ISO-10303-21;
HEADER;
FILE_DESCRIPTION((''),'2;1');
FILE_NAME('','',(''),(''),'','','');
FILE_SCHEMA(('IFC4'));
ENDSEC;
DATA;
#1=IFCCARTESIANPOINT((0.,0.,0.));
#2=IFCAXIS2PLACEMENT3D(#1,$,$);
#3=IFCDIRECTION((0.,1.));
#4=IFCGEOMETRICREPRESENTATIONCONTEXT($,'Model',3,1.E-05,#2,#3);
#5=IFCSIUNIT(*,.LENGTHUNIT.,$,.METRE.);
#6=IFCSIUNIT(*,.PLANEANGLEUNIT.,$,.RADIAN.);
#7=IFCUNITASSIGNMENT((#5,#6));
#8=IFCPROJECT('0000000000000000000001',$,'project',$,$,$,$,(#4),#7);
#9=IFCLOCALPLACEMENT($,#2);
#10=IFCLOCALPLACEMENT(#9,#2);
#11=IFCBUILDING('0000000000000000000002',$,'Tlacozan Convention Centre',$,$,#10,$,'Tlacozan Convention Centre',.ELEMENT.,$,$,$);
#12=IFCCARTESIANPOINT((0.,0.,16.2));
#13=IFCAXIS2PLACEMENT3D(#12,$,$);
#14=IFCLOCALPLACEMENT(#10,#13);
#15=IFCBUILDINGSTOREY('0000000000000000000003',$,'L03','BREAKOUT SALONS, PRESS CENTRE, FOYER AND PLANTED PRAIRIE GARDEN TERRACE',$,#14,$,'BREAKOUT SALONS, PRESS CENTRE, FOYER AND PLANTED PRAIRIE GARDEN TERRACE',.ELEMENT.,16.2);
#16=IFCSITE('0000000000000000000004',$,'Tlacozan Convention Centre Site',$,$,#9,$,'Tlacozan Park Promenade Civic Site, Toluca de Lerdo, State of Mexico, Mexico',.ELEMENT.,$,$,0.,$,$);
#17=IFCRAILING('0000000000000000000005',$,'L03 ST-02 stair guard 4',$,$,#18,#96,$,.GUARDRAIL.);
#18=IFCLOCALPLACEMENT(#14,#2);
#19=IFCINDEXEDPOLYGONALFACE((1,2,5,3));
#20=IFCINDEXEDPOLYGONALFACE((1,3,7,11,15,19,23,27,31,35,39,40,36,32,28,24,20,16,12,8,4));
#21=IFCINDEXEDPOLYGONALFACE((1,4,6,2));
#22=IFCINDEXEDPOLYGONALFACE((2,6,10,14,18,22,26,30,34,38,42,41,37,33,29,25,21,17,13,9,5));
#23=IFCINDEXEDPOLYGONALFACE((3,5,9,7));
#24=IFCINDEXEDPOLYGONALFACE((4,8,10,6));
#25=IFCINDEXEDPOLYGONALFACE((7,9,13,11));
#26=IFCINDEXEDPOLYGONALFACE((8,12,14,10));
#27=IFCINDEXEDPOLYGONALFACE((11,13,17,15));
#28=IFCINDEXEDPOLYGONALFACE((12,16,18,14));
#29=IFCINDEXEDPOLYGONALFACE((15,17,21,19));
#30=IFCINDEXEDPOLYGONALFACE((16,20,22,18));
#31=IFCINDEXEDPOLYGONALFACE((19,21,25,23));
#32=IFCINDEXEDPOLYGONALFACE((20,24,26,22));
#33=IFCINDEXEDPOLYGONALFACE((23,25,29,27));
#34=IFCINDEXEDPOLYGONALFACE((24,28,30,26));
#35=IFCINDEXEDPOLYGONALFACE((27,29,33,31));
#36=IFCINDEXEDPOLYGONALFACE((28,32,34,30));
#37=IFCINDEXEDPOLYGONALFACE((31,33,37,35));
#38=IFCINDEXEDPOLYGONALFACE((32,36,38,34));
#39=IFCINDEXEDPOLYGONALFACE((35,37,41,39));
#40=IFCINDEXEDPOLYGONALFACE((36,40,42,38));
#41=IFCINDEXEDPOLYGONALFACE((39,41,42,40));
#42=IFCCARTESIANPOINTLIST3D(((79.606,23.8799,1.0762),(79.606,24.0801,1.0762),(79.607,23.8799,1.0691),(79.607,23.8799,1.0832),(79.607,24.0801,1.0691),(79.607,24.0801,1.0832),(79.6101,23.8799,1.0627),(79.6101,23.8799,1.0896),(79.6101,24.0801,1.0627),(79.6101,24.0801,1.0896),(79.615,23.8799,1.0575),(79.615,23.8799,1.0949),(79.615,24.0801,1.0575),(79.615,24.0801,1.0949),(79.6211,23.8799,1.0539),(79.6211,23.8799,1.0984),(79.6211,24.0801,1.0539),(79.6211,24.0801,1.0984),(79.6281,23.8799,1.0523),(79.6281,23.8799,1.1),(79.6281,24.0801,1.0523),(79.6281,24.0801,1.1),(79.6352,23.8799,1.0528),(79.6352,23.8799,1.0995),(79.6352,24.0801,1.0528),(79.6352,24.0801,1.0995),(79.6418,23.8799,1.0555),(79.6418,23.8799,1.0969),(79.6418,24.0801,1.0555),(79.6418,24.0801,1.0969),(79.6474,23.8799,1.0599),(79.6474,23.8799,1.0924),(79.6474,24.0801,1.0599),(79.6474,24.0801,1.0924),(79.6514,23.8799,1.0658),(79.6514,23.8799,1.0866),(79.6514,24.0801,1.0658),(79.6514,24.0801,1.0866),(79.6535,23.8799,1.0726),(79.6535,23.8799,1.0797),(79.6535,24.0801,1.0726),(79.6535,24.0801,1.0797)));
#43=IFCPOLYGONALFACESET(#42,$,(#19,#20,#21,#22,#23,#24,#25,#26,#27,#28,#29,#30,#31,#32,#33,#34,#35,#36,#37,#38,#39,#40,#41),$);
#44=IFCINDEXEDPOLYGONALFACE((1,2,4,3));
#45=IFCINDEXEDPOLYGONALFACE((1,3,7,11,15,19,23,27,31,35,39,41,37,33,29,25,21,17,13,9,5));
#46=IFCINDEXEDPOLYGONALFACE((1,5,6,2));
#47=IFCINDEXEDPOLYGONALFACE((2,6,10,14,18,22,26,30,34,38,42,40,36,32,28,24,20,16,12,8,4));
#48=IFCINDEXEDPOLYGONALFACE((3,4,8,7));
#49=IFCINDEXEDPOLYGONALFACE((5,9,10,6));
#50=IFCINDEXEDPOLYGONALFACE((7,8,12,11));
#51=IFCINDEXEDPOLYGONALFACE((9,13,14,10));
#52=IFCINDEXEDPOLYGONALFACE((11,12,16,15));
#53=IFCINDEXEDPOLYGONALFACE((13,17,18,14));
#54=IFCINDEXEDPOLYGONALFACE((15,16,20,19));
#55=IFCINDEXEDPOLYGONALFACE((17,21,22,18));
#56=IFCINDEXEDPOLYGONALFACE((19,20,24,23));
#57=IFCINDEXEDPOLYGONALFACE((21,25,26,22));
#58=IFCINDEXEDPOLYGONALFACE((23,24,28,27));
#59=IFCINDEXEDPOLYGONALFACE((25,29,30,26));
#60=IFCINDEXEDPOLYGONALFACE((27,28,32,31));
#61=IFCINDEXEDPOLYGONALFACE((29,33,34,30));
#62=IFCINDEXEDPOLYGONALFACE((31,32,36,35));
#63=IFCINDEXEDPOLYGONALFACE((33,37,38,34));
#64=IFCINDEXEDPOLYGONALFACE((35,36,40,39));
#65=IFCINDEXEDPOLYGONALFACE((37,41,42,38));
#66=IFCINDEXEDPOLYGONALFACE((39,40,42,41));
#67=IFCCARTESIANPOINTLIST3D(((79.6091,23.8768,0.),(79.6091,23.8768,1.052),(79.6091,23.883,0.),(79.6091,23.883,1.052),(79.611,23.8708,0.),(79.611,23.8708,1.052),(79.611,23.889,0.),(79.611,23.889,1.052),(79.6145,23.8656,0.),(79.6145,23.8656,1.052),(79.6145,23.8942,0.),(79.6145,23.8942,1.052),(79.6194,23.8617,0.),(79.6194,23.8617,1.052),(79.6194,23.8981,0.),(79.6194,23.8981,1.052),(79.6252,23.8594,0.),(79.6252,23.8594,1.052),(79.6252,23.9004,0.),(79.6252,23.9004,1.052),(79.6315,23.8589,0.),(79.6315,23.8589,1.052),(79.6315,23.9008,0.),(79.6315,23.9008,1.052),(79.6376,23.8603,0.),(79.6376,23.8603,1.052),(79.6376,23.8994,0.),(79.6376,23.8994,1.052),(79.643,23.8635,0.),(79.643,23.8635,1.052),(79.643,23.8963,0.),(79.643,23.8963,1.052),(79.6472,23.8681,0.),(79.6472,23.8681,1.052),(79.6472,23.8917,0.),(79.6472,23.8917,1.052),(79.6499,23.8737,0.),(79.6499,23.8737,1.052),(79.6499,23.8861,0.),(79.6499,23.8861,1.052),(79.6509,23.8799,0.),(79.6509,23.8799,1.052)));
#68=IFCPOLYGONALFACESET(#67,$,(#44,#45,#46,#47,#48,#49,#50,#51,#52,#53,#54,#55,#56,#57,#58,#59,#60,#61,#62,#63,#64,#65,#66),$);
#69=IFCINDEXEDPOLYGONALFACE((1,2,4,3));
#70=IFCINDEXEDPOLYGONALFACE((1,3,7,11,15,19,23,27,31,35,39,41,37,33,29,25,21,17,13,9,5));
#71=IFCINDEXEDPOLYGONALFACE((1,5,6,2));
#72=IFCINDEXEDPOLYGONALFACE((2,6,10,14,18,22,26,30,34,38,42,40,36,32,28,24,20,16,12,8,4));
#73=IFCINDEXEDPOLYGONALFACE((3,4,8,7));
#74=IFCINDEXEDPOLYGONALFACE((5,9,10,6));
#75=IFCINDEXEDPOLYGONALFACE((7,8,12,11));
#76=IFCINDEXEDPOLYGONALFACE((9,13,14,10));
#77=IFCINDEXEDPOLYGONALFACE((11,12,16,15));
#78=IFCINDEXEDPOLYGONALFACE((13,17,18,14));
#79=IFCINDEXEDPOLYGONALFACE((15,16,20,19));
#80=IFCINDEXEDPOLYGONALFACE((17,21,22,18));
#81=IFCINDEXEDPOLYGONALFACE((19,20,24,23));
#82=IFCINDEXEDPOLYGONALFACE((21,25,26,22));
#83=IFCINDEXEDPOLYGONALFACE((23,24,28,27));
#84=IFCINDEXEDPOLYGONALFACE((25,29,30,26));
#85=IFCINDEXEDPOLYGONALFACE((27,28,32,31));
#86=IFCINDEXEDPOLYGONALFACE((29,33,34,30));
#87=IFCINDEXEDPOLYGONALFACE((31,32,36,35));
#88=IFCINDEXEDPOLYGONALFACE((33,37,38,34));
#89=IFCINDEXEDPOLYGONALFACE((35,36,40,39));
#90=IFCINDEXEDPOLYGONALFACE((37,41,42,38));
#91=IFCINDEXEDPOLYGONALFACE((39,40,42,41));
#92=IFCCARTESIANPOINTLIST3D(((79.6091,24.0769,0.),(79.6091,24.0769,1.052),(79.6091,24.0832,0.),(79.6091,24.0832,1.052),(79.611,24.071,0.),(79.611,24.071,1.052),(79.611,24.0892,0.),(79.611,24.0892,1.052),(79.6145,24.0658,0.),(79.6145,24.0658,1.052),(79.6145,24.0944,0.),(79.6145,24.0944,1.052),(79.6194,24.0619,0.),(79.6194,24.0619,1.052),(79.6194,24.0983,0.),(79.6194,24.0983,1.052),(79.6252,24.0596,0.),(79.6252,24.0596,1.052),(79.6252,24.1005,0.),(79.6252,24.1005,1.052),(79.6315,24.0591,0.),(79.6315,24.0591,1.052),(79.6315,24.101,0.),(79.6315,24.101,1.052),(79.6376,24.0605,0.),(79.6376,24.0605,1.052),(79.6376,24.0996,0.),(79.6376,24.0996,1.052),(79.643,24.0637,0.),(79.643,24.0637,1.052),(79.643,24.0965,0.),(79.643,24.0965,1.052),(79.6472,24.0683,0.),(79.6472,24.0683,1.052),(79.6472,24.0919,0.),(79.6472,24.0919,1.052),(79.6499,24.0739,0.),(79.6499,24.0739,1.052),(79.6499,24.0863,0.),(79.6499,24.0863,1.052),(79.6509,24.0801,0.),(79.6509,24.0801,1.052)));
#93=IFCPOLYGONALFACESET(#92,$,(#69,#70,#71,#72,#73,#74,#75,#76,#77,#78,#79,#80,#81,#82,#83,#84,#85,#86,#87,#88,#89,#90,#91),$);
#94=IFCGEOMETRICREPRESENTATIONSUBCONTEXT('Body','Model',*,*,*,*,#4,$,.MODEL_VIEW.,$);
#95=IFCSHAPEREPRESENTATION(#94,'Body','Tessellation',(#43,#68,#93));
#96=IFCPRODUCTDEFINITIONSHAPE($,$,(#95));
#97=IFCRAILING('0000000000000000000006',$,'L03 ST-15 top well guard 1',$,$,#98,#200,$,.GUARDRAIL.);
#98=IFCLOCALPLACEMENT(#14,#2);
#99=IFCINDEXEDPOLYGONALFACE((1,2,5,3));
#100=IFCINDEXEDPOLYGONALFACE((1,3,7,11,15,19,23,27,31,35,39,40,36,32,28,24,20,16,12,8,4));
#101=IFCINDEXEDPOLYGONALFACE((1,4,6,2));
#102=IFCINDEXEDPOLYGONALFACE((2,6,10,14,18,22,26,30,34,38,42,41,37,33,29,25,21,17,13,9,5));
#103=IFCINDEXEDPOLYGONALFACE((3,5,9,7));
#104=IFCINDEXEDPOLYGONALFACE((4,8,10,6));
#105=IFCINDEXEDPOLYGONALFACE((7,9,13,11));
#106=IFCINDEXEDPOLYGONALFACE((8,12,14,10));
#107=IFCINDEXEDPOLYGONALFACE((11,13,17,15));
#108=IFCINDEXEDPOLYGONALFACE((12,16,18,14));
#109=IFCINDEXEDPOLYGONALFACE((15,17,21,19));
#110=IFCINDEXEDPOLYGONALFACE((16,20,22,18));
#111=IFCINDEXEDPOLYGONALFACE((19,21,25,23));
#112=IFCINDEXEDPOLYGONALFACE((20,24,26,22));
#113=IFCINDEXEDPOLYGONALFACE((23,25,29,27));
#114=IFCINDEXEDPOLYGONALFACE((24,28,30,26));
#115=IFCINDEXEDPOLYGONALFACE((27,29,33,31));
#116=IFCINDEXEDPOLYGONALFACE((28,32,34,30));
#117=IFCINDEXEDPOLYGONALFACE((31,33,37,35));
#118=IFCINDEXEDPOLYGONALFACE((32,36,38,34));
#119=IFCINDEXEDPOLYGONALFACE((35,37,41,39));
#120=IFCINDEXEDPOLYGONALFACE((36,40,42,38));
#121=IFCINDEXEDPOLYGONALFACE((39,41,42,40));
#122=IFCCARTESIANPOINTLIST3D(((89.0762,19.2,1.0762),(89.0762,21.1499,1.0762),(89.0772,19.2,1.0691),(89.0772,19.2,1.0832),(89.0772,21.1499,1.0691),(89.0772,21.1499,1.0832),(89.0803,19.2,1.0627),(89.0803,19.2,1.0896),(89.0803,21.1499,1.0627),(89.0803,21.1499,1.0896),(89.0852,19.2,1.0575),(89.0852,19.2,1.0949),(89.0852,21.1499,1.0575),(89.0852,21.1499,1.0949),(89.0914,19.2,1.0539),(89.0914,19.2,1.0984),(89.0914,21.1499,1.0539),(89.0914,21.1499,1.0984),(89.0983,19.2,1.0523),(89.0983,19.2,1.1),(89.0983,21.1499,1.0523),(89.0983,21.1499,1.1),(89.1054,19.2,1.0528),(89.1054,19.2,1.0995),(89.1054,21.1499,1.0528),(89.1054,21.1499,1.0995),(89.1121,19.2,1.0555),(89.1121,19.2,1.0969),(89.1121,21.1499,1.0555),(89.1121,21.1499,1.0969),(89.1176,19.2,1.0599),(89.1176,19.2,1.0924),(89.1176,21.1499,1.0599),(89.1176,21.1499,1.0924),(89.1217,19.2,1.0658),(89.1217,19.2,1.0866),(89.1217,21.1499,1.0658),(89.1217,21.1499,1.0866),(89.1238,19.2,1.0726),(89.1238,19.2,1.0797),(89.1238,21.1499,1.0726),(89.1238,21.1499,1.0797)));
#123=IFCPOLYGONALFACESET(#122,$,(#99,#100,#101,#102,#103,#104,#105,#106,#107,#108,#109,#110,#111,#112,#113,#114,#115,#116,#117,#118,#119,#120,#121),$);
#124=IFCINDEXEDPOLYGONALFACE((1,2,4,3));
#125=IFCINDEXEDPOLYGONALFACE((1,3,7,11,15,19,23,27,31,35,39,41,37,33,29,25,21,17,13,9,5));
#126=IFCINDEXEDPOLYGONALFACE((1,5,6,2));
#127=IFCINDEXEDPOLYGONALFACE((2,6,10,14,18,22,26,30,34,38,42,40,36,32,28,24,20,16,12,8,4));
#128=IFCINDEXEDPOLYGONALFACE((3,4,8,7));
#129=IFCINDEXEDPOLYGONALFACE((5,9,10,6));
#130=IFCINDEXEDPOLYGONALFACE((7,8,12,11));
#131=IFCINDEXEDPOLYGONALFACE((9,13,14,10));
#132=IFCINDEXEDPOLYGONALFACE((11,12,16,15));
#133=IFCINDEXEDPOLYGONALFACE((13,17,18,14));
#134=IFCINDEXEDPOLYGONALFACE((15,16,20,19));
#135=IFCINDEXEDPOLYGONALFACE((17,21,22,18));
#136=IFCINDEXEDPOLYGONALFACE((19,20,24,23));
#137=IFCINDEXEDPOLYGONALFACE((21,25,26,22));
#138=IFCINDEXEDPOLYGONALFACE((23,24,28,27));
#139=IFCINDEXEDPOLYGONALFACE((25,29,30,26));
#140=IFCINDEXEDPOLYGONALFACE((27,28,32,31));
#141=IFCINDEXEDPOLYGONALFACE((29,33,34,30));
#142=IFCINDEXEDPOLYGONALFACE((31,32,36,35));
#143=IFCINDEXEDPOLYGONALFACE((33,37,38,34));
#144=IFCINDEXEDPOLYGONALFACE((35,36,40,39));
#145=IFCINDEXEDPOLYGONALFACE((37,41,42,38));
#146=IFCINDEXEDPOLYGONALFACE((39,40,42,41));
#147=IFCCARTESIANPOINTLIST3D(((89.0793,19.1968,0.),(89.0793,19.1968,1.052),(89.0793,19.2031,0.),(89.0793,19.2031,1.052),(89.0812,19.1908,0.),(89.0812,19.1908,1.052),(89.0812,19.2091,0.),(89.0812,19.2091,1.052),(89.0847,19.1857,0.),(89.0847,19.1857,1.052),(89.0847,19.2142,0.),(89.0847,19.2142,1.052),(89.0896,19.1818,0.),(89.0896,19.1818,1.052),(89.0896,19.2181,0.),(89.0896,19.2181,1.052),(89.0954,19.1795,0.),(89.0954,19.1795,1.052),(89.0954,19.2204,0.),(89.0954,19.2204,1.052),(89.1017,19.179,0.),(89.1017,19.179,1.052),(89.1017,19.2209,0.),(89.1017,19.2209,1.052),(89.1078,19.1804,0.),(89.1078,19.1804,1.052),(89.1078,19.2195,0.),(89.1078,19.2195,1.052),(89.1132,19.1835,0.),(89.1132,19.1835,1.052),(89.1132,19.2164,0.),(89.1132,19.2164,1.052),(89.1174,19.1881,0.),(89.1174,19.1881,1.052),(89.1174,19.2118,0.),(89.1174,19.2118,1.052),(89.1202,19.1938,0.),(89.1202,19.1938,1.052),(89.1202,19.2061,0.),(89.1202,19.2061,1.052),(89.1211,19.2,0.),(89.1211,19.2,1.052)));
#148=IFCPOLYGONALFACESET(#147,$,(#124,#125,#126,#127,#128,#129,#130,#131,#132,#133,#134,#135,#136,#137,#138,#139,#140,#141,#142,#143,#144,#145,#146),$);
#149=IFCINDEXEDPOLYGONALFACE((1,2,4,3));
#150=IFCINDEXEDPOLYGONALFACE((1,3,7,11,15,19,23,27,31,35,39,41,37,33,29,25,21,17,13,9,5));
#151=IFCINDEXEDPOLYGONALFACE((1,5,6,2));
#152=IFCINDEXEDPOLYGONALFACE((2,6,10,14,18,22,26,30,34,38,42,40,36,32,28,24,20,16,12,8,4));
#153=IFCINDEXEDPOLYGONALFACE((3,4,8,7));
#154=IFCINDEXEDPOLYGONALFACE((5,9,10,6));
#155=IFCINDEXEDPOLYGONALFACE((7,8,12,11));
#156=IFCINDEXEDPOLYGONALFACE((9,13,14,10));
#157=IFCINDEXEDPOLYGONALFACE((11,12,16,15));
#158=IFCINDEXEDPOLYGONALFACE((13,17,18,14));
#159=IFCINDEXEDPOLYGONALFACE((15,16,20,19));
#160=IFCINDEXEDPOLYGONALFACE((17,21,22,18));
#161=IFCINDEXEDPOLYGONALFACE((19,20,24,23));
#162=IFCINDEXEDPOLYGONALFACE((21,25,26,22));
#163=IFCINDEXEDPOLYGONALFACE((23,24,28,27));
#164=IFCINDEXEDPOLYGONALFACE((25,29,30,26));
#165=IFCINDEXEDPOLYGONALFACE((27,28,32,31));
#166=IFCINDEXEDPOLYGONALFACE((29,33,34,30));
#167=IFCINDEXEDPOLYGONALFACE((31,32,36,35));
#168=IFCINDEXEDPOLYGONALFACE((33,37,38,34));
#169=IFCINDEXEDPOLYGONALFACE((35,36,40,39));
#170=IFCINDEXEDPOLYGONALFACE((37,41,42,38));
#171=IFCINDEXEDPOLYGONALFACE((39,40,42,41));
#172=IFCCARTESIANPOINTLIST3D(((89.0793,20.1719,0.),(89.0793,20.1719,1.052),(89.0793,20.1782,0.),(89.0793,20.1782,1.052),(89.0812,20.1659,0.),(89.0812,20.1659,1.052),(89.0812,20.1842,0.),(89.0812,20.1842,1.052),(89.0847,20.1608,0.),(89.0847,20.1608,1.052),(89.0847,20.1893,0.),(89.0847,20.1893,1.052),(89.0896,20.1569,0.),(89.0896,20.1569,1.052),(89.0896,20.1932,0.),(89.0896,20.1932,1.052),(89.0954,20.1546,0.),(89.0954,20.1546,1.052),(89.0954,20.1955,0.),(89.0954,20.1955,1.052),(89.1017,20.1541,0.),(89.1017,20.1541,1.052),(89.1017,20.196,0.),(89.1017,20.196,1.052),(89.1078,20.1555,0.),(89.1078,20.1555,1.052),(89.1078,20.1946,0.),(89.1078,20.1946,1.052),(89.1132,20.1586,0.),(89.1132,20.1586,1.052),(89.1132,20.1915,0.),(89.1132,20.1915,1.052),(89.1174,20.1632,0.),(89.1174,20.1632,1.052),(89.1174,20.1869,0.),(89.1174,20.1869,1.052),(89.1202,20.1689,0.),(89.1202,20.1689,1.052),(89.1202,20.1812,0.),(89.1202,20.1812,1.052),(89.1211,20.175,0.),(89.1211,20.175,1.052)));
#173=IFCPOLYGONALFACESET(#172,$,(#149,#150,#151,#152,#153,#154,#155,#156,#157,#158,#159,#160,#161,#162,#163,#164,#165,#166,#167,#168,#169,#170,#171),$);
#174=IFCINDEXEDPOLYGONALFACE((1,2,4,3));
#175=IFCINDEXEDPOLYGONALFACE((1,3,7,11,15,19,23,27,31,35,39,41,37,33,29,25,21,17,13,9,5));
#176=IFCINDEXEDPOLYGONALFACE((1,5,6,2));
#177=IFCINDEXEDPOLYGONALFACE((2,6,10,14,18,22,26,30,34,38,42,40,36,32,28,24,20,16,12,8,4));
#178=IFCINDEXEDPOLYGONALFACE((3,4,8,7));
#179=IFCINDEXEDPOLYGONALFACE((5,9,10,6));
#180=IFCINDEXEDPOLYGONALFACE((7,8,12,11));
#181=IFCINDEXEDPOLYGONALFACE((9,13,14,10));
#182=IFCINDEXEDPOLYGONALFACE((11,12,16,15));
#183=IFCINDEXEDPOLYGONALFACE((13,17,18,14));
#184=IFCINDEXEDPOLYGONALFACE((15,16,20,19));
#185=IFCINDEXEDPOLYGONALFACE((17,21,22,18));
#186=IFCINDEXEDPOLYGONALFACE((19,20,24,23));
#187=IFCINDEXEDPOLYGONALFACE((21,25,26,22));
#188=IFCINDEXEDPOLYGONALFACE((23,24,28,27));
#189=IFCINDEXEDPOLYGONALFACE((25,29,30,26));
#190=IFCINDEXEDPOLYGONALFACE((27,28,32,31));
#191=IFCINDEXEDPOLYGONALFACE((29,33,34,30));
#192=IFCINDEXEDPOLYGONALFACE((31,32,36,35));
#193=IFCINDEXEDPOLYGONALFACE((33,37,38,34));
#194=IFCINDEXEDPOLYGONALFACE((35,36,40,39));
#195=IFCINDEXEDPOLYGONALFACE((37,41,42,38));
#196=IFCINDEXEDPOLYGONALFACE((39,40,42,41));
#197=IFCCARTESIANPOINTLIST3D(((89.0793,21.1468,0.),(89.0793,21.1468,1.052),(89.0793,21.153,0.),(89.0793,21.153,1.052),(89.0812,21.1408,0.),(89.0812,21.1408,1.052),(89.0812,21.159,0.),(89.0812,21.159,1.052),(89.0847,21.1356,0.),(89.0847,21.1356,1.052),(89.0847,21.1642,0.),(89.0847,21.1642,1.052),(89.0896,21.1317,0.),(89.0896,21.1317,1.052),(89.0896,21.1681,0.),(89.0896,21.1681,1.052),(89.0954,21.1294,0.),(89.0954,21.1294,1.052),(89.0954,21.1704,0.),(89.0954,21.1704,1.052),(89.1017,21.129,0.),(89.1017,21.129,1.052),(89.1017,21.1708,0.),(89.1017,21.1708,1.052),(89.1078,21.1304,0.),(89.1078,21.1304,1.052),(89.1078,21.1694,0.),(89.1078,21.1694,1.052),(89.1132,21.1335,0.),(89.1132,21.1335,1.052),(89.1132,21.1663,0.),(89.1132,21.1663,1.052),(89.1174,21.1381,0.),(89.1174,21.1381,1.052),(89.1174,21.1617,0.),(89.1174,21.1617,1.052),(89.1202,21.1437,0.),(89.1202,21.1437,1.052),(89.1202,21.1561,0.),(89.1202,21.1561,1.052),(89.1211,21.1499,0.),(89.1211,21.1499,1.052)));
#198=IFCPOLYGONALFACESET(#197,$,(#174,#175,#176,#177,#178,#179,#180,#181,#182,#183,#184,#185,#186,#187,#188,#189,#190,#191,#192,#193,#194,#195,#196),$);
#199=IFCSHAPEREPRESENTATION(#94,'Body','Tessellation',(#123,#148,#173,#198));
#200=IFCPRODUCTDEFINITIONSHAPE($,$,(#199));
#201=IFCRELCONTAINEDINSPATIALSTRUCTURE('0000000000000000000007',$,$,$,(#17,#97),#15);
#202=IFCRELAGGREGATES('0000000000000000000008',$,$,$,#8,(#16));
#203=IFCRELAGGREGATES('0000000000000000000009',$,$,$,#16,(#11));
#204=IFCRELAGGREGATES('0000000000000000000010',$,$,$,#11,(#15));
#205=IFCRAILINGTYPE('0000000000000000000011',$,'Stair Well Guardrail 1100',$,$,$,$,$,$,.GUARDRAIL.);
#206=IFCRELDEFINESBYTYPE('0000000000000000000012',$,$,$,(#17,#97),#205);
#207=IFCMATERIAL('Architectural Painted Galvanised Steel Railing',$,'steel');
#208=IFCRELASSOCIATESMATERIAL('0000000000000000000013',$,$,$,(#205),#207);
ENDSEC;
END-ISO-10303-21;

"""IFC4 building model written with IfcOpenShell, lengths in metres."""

from ifc_helpers import new_model, si_unit, direction, frame, origin, origin_2d, place, context, subcontext, project, spatial, circle, extrude, material, type_object, element, save


model = new_model("IFC4")

# Units and contexts
model_context = context("Model", 3, precision=1e-05, world=origin(), true_north=direction((0.0, 1.0)))
body_context = subcontext(model_context, "Body", "Model", "MODEL_VIEW")
ifc_project = project(units=[si_unit("LENGTHUNIT", "METRE"), si_unit("PLANEANGLEUNIT", "RADIAN")], contexts=[model_context])

# Site, building, storey
site_placement = place(None, origin())
site = spatial("IfcSite", under=ifc_project, at=site_placement, Name="Tlacozan Convention Centre Site", LongName="Tlacozan Park Promenade Civic Site, Toluca de Lerdo, State of Mexico, Mexico", CompositionType="ELEMENT", RefElevation=0.0)
building_placement = place(site_placement, origin())
building = spatial("IfcBuilding", under=site, at=building_placement, Name="Tlacozan Convention Centre", LongName="Tlacozan Convention Centre", CompositionType="ELEMENT")
storey_placement = place(building_placement, frame((0.0, 0.0, 16.2)))
storey = spatial("IfcBuildingStorey", under=building, at=storey_placement, Name="L03", Description="BREAKOUT SALONS, PRESS CENTRE, FOYER AND PLANTED PRAIRIE GARDEN TERRACE", LongName="BREAKOUT SALONS, PRESS CENTRE, FOYER AND PLANTED PRAIRIE GARDEN TERRACE", CompositionType="ELEMENT", Elevation=16.2)

# Railings
ifc_material_1 = material(Name="Architectural Painted Galvanised Steel Railing", Category="steel")
railing_type_1 = type_object("IfcRailingType", Name="Stair Well Guardrail 1100", PredefinedType="GUARDRAIL", material=ifc_material_1)
railing_1_placement = place(storey_placement, frame((79.6299, 23.8799, 0.0)))
element("IfcRailing", 1, at=railing_1_placement, inside=storey, type_object=railing_type_1, Name="L03 ST-02 stair guard 4", PredefinedType="GUARDRAIL", context=body_context, shape_type="SweptSolid", body=[
    extrude(circle(Radius=0.0239, at=origin_2d()), frame((0.0, 0.0, 1.0762), z_axis=(0.0, 1.0, 0.0), x_axis=(-1.0, 0.0, 0.0)), (0.0, 0.0, 1.0), 0.2002),
    extrude(circle(Radius=0.021, at=origin_2d()), origin(), (0.0, 0.0, 1.0), 1.052),
    extrude(circle(Radius=0.021, at=origin_2d()), frame((0.0, 0.2002, 0.0)), (0.0, 0.0, 1.0), 1.052),
])
railing_2_placement = place(storey_placement, frame((89.1001, 19.2, 0.0)))
element("IfcRailing", 2, at=railing_2_placement, inside=storey, type_object=railing_type_1, Name="L03 ST-15 top well guard 1", PredefinedType="GUARDRAIL", context=body_context, shape_type="SweptSolid", body=[
    extrude(circle(Radius=0.0239, at=origin_2d()), frame((0.0, 0.0, 1.0762), z_axis=(0.0, 1.0, 0.0), x_axis=(-1.0, 0.0, 0.0)), (0.0, 0.0, 1.0), 1.95),
    extrude(circle(Radius=0.021, at=origin_2d()), origin(), (0.0, 0.0, 1.0), 1.052),
    extrude(circle(Radius=0.021, at=origin_2d()), frame((0.0, 0.9751, 0.0)), (0.0, 0.0, 1.0), 1.052),
    extrude(circle(Radius=0.021, at=origin_2d()), frame((0.0, 1.95, 0.0)), (0.0, 0.0, 1.0), 1.052),
])

save(model, "model.ifc")
